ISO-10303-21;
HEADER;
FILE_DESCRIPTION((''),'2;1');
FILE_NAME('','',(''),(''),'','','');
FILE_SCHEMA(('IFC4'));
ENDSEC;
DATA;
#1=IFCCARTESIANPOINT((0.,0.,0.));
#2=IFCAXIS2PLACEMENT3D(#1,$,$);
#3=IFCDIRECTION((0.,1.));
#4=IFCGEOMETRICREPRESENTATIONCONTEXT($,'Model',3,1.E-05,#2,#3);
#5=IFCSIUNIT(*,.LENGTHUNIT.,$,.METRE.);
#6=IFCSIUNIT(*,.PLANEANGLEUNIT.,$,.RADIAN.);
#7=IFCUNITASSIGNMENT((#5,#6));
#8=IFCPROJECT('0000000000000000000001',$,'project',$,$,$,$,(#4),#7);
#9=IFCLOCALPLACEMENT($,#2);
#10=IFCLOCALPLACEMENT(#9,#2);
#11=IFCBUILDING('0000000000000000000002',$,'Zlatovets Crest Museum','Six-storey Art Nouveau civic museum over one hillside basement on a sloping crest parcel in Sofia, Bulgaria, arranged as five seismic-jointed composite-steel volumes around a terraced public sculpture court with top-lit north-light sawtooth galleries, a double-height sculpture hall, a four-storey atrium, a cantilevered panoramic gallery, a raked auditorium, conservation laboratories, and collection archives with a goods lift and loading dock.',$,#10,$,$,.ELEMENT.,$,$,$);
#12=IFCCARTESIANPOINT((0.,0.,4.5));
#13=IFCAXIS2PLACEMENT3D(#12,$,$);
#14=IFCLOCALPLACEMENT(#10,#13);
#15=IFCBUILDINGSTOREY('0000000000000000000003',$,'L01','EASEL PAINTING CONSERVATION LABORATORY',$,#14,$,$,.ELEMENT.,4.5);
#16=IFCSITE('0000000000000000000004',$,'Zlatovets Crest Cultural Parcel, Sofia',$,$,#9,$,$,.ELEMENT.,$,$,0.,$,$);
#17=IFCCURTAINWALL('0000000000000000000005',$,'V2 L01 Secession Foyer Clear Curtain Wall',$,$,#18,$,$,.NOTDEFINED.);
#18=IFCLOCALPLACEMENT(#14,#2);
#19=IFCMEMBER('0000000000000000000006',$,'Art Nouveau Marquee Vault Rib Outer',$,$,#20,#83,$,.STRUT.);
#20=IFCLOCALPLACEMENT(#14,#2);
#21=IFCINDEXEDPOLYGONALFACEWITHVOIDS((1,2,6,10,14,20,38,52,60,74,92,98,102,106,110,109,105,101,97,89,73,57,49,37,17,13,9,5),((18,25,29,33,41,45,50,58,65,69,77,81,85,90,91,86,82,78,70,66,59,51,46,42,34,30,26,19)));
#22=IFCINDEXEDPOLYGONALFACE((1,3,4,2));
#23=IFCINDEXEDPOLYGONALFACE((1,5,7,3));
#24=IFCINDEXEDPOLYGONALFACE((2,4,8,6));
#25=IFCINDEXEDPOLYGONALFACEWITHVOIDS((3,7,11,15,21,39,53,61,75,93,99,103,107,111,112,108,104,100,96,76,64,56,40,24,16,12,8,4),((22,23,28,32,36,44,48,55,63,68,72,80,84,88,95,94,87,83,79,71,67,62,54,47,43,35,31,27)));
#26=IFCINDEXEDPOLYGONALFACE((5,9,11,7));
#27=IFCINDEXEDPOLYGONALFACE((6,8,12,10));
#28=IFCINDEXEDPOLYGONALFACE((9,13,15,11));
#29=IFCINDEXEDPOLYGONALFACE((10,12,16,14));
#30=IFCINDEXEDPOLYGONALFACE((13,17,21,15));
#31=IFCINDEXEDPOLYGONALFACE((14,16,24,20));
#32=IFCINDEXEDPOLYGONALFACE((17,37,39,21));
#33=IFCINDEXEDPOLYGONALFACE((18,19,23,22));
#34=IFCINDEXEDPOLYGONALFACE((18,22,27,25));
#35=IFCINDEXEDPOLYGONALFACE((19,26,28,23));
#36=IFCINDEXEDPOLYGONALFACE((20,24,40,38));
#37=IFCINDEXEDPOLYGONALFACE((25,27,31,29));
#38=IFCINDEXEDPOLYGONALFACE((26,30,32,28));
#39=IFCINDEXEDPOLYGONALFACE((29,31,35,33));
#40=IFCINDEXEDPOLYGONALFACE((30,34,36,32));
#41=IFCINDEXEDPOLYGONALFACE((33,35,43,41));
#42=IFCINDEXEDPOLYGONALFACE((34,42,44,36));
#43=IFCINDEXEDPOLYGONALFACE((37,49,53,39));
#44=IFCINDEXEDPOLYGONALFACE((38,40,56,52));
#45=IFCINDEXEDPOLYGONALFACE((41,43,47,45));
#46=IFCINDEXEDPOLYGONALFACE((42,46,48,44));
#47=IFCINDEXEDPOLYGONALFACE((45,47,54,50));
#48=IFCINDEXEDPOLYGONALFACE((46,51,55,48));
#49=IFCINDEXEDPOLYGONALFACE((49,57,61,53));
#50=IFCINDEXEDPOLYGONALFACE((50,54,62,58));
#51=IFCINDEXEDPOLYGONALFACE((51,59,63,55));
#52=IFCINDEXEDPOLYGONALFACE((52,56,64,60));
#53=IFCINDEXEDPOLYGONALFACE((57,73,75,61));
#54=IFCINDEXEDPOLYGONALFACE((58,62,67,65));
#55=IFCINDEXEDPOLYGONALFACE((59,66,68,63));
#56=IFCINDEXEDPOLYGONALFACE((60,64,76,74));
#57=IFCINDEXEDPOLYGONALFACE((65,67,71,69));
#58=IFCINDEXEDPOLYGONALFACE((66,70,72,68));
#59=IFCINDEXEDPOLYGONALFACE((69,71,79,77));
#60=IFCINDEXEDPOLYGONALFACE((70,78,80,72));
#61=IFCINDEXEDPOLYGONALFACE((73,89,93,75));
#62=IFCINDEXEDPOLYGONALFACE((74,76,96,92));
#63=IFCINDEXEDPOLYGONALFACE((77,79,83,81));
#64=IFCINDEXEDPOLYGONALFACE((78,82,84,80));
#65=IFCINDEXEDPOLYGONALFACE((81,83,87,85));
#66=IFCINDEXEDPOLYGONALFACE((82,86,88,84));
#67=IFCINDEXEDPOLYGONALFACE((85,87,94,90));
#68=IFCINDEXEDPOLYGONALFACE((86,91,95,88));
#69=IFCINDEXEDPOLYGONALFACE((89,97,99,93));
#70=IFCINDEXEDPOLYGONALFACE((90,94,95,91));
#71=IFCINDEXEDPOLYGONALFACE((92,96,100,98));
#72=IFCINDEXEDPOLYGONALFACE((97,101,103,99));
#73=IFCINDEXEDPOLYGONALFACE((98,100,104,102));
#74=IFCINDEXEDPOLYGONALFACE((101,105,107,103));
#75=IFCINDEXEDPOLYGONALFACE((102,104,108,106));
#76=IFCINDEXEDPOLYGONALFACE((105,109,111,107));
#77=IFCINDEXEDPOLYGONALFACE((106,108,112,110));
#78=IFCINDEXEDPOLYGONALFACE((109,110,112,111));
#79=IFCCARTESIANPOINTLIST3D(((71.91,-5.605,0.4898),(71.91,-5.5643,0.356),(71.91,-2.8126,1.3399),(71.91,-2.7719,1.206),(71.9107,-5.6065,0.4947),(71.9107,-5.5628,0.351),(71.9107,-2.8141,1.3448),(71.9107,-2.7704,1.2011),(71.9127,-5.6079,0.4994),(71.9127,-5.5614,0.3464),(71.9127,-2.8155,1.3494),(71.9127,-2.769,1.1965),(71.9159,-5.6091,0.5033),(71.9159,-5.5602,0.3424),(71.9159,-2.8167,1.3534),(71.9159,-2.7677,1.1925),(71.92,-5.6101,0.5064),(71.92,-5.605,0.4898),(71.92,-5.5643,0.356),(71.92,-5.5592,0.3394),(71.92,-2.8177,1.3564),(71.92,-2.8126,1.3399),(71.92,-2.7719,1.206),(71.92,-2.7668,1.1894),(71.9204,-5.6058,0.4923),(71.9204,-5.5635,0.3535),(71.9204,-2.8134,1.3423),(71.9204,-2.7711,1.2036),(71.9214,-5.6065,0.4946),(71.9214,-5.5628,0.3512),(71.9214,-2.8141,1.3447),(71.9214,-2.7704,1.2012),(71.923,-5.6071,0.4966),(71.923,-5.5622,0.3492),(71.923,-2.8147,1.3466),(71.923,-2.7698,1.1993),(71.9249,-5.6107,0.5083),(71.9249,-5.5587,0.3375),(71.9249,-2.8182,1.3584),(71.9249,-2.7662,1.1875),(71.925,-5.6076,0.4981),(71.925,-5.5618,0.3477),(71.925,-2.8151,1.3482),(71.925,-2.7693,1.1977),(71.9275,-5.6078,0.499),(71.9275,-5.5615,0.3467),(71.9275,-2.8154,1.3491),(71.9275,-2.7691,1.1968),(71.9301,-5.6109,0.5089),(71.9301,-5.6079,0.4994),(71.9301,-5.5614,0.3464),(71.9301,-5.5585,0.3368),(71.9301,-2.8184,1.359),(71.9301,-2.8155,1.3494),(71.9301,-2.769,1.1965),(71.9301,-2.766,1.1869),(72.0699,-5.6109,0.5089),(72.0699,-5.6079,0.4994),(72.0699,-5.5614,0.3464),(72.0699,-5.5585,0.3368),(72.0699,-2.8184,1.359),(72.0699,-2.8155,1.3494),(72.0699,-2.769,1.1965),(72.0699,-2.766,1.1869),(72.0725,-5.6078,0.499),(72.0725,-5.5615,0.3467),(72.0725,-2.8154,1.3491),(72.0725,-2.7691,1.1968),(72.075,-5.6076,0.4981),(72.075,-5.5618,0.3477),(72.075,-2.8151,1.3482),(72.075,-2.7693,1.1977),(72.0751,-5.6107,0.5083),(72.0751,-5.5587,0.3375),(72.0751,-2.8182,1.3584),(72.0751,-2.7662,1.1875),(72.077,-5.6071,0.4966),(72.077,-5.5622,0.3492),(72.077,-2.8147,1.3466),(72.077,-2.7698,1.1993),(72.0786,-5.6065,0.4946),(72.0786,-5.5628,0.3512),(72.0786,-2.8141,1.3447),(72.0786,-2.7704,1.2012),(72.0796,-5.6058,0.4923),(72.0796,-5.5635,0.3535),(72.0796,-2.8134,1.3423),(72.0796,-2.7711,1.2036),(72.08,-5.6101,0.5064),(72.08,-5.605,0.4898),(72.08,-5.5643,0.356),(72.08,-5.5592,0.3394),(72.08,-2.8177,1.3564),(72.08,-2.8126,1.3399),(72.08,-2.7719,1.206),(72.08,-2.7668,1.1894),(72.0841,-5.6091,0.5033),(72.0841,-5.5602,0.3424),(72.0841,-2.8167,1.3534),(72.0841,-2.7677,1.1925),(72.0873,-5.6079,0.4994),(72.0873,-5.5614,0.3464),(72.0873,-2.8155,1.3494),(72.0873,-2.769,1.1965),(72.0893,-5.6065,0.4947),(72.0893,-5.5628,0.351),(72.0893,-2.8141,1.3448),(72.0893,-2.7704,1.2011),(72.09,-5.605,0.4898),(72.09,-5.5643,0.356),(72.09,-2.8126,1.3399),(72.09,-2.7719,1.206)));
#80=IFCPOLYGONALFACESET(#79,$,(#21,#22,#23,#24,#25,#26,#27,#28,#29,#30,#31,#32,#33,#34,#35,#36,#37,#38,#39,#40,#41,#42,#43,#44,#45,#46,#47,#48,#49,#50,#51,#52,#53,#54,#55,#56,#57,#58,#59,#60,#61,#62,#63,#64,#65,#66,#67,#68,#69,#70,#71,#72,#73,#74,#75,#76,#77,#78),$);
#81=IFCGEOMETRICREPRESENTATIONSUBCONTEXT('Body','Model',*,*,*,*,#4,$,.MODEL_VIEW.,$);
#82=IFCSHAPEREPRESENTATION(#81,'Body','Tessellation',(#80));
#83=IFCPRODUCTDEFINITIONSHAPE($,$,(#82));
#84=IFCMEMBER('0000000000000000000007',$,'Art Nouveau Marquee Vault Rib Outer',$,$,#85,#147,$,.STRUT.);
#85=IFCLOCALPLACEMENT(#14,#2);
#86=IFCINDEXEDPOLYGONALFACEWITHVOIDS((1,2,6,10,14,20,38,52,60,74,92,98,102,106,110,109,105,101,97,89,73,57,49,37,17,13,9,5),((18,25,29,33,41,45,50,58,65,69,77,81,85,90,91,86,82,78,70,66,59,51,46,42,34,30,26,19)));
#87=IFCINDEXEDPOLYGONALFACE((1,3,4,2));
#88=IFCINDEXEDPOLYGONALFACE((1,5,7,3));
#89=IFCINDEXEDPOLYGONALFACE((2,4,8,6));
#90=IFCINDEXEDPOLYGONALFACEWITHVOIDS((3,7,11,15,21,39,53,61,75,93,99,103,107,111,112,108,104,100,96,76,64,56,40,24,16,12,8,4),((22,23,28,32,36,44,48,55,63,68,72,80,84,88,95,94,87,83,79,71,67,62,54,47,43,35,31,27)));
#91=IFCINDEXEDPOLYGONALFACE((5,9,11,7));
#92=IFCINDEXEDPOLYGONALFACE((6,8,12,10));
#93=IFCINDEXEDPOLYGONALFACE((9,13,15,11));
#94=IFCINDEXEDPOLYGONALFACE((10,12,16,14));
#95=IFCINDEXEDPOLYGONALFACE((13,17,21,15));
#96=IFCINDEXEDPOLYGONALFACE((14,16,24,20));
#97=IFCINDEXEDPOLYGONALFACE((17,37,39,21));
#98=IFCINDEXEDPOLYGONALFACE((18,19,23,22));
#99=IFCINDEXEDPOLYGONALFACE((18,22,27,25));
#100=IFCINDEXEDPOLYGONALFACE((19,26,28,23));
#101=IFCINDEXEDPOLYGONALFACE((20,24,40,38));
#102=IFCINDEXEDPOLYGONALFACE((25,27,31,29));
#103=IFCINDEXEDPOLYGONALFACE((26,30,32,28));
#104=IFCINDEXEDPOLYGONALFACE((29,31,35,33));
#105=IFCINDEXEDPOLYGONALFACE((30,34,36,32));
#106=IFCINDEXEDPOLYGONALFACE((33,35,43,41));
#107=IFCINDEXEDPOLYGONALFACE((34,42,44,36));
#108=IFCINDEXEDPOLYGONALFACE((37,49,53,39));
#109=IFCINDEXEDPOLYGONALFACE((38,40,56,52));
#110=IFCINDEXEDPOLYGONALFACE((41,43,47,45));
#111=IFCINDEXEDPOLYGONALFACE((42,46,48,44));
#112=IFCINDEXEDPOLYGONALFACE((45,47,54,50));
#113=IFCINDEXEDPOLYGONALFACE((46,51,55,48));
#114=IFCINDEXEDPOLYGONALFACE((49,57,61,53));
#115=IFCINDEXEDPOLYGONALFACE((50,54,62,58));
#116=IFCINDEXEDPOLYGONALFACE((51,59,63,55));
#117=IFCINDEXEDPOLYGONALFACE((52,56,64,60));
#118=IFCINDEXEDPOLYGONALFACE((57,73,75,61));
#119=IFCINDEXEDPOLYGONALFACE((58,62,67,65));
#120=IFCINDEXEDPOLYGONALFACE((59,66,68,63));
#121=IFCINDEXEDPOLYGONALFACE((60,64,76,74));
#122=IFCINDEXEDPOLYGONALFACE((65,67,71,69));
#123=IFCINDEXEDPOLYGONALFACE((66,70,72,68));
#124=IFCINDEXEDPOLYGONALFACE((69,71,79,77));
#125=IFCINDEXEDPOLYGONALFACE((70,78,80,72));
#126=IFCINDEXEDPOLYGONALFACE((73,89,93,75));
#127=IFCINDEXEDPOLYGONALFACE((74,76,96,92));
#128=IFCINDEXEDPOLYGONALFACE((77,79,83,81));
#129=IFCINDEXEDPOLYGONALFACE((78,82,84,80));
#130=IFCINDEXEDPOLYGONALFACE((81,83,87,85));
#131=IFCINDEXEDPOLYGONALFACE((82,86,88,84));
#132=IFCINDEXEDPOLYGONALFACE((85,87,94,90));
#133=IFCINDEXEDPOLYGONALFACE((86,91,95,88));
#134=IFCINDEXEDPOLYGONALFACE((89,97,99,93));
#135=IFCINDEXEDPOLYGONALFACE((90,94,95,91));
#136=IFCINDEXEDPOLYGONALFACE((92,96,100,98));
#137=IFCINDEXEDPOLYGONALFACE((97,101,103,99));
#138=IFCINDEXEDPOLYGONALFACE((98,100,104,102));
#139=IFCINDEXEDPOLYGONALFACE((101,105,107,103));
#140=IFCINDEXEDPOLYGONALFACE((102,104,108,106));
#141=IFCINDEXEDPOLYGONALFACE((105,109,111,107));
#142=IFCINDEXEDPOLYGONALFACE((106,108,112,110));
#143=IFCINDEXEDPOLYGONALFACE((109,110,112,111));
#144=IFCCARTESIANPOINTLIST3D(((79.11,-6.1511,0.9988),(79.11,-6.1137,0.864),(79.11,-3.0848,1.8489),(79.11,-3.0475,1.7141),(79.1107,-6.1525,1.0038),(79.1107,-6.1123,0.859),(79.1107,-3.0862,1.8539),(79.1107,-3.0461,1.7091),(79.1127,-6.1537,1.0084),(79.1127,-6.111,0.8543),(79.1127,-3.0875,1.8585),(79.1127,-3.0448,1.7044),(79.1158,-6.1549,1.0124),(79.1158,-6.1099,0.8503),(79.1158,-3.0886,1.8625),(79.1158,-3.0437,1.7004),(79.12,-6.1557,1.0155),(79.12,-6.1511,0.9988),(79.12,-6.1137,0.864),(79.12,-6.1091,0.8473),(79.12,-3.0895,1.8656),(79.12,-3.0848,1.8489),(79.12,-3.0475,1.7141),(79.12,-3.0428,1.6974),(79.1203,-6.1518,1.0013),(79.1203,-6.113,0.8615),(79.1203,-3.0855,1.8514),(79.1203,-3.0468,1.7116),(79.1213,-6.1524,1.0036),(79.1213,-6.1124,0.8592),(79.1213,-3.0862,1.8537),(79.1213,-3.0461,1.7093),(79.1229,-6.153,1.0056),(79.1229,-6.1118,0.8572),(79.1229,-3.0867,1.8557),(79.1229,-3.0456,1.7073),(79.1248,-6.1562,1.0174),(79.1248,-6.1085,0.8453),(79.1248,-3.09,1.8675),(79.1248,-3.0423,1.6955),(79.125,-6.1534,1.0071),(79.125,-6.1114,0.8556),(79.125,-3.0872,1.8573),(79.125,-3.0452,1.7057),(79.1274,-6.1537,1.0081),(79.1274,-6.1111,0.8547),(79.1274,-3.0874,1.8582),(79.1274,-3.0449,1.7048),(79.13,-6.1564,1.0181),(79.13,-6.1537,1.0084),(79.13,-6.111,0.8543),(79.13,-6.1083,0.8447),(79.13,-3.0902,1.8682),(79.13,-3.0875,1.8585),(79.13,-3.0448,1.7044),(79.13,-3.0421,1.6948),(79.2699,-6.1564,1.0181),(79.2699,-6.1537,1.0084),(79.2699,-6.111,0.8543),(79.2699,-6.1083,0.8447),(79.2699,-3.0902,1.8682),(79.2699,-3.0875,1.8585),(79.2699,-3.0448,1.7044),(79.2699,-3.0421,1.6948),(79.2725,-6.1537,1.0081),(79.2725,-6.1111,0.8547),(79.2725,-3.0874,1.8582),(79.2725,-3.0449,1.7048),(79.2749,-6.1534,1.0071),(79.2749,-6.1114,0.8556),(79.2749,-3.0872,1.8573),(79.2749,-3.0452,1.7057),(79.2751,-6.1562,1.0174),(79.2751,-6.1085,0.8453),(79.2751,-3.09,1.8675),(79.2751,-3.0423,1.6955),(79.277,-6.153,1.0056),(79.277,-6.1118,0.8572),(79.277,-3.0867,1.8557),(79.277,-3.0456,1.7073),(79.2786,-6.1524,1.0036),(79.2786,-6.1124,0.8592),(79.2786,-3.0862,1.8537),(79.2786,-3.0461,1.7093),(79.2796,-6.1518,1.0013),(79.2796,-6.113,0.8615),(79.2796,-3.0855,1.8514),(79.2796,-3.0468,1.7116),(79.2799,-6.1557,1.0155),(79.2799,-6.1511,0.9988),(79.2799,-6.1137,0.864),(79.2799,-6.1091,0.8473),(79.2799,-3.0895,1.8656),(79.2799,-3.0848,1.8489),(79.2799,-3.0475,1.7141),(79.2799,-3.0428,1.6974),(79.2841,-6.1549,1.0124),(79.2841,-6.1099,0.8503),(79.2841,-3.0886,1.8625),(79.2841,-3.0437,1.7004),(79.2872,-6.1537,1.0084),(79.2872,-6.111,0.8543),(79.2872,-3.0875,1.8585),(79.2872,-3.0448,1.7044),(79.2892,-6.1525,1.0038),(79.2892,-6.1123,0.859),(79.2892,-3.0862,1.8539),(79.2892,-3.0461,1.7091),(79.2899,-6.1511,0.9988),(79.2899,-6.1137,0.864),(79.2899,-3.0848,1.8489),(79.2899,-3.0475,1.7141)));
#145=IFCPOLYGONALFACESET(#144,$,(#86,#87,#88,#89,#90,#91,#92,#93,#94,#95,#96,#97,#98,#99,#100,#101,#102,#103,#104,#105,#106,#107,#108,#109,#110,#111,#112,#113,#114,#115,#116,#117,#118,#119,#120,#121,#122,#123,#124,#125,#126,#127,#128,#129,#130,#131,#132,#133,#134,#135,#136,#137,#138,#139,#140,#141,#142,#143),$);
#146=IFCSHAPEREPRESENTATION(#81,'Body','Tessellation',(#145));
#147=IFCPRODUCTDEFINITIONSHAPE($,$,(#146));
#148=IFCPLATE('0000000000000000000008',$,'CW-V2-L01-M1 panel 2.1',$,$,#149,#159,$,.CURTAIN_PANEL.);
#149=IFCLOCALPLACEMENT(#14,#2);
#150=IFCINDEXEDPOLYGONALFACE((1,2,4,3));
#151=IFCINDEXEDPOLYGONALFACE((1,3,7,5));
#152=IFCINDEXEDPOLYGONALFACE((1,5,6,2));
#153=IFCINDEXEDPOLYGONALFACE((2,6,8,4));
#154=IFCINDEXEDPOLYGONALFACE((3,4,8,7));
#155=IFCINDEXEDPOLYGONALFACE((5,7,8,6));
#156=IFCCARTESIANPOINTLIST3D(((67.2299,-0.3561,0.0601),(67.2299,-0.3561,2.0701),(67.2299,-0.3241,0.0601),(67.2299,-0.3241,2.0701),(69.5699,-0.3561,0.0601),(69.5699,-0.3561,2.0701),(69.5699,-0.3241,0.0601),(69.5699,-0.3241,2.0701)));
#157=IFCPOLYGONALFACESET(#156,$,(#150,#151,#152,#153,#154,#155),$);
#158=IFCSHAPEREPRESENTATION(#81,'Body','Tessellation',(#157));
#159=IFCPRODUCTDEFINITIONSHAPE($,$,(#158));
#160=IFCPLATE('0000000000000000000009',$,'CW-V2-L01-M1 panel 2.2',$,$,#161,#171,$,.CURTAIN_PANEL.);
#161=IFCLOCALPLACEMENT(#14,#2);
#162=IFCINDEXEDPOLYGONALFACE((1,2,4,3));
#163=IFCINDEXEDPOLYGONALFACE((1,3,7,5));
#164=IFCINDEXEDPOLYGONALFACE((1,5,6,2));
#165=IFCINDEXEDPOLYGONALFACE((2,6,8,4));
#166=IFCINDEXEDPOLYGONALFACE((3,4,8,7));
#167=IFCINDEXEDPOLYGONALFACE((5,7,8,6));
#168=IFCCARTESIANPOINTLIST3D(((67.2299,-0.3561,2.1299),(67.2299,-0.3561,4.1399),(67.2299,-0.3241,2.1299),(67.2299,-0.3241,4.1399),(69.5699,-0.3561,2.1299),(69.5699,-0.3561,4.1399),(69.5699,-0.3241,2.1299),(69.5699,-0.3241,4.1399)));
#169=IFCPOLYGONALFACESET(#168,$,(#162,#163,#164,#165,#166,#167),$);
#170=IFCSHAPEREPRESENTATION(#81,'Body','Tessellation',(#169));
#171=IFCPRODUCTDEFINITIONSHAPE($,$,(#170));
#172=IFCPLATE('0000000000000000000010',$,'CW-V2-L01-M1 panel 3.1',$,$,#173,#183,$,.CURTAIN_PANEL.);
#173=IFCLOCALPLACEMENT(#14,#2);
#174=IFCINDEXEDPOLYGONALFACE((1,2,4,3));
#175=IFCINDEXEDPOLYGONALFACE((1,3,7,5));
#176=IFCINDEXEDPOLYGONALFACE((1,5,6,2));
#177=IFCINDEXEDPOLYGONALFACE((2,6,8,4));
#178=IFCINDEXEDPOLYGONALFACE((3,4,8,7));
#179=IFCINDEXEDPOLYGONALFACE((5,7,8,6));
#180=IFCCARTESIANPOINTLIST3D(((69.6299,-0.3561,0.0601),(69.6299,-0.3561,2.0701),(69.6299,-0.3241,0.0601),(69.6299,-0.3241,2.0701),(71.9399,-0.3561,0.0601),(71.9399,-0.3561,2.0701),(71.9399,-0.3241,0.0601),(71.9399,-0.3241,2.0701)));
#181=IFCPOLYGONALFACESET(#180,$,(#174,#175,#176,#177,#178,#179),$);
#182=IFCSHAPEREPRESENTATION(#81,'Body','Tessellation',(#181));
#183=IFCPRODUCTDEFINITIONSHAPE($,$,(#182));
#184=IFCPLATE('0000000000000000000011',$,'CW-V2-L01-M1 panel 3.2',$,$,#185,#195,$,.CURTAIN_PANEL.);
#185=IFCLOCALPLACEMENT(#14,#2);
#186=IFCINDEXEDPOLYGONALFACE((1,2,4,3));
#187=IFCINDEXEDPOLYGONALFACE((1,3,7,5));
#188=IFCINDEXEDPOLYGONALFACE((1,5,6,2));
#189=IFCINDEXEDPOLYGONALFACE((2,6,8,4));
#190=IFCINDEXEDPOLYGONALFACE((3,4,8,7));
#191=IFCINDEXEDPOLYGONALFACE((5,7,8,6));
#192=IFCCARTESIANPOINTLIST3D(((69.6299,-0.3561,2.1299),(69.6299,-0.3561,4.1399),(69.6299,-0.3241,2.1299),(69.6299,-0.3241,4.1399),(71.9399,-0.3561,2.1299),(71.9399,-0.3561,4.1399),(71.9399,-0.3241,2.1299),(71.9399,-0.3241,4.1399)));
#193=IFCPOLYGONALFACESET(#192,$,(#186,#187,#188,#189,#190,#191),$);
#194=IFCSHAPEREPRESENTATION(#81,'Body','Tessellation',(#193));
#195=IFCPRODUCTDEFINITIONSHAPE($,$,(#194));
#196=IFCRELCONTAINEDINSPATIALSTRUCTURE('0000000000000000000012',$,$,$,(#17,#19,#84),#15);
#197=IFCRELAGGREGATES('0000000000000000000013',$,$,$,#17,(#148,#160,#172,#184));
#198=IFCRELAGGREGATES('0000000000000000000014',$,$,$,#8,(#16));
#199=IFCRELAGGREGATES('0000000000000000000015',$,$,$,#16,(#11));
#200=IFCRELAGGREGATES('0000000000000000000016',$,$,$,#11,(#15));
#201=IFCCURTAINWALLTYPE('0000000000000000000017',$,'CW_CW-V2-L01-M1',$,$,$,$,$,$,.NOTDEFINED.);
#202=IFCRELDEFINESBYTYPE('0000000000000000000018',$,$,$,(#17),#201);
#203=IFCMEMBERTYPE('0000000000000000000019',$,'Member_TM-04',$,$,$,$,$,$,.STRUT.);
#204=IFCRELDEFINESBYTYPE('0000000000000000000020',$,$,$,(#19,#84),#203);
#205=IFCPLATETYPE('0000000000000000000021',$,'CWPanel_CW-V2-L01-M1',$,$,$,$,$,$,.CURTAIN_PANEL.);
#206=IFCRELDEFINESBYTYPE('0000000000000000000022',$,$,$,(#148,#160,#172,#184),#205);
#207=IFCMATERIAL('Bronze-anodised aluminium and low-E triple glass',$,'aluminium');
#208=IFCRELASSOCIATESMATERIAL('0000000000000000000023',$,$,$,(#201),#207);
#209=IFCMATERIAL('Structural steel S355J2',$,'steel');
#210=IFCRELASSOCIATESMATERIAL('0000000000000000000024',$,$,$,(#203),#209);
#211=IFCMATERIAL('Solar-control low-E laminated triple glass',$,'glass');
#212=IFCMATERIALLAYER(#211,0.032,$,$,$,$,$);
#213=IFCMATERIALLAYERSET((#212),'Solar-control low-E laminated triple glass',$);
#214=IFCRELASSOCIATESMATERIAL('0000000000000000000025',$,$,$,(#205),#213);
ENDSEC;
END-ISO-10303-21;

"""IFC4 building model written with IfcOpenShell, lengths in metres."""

from ifc_helpers import new_model, si_unit, direction, frame, origin, origin_2d, place, context, subcontext, project, spatial, rectangle, hollow_rectangle, extrude, material, layer, layer_set, material_profile, profile_set, type_object, element, aggregate, save


model = new_model("IFC4")

# Units and contexts
model_context = context("Model", 3, precision=1e-05, world=origin(), true_north=direction((0.0, 1.0)))
body_context = subcontext(model_context, "Body", "Model", "MODEL_VIEW")
ifc_project = project(units=[si_unit("LENGTHUNIT", "METRE"), si_unit("PLANEANGLEUNIT", "RADIAN")], contexts=[model_context])

# Site, building, storey
site_placement = place(None, origin())
site = spatial("IfcSite", under=ifc_project, at=site_placement, Name="Zlatovets Crest Cultural Parcel, Sofia", CompositionType="ELEMENT", RefElevation=0.0)
building_placement = place(site_placement, origin())
building = spatial("IfcBuilding", under=site, at=building_placement, Name="Zlatovets Crest Museum", Description="Six-storey Art Nouveau civic museum over one hillside basement on a sloping crest parcel in Sofia, Bulgaria, arranged as five seismic-jointed composite-steel volumes around a terraced public sculpture court with top-lit north-light sawtooth galleries, a double-height sculpture hall, a four-storey atrium, a cantilevered panoramic gallery, a raked auditorium, conservation laboratories, and collection archives with a goods lift and loading dock.", CompositionType="ELEMENT")
storey_placement = place(building_placement, frame((0.0, 0.0, 4.5)))
storey = spatial("IfcBuildingStorey", under=building, at=storey_placement, Name="L01", Description="EASEL PAINTING CONSERVATION LABORATORY", CompositionType="ELEMENT", Elevation=4.5)

# Curtain wall
ifc_material_1 = material(Name="Bronze-anodised aluminium and low-E triple glass", Category="aluminium")
curtain_wall_type_1 = type_object("IfcCurtainWallType", Name="CW_CW-V2-L01-M1", PredefinedType="NOTDEFINED", material=ifc_material_1)
curtain_wall_1_placement = place(storey_placement, origin())
curtain_wall_1 = element("IfcCurtainWall", 1, at=curtain_wall_1_placement, inside=storey, type_object=curtain_wall_type_1, Name="V2 L01 Secession Foyer Clear Curtain Wall", PredefinedType="NOTDEFINED")

# Members
ifc_material_2 = material(Name="Structural steel S355J2", Category="steel")
ifc_material_profile_1 = material_profile(ifc_material_2, hollow_rectangle(XDim=0.1799, YDim=0.1799, WallThickness=0.01, InnerFilletRadius=0.01, OuterFilletRadius=0.02, at=origin_2d()), Name="SHS 180x180x10.0")
ifc_profile_set_1 = profile_set([ifc_material_profile_1], Name="Structural steel S355J2")
member_type_1 = type_object("IfcMemberType", Name="Member_TM-04", PredefinedType="STRUT", material=ifc_profile_set_1)
member_1_placement = place(storey_placement, frame((72.0, -2.7922, 1.2729), z_axis=(0.0, -0.956654, -0.291228), x_axis=(1.0, 0.0, 0.0)))
element("IfcMember", 2, at=member_1_placement, inside=storey, type_object=member_type_1, Name="Art Nouveau Marquee Vault Rib Outer", PredefinedType="STRUT", context=body_context, shape_type="SweptSolid", body=[
    extrude(hollow_rectangle(XDim=0.1799, YDim=0.1799, WallThickness=0.01, InnerFilletRadius=0.01, OuterFilletRadius=0.02, at=origin_2d()), origin(), (0.0, 0.0, 1.0), 2.9189),
])
member_2_placement = place(storey_placement, frame((79.2, -3.0662, 1.7815), z_axis=(0.0, -0.963649, -0.267173), x_axis=(1.0, 0.0, 0.0)))
element("IfcMember", 3, at=member_2_placement, inside=storey, type_object=member_type_1, Name="Art Nouveau Marquee Vault Rib Outer", PredefinedType="STRUT", context=body_context, shape_type="SweptSolid", body=[
    extrude(hollow_rectangle(XDim=0.1799, YDim=0.1799, WallThickness=0.01, InnerFilletRadius=0.01, OuterFilletRadius=0.02, at=origin_2d()), origin(), (0.0, 0.0, 1.0), 3.1819),
])

# Plates
ifc_material_3 = material(Name="Solar-control low-E laminated triple glass", Category="glass")
ifc_layer_1 = layer(ifc_material_3, 0.032)
ifc_layer_set_1 = layer_set([ifc_layer_1], Name="Solar-control low-E laminated triple glass")
plate_type_1 = type_object("IfcPlateType", Name="CWPanel_CW-V2-L01-M1", PredefinedType="CURTAIN_PANEL", material=ifc_layer_set_1)
plate_1_placement = place(storey_placement, frame((68.3999, -0.3401, 0.0601), z_axis=(0.0, 0.0, 1.0), x_axis=(1.0, 0.0, 0.0)))
plate_1 = element("IfcPlate", 4, at=plate_1_placement, type_object=plate_type_1, Name="CW-V2-L01-M1 panel 2.1", PredefinedType="CURTAIN_PANEL", context=body_context, shape_type="SweptSolid", body=[
    extrude(rectangle(XDim=2.3401, YDim=0.032, at=origin_2d()), origin(), (0.0, 0.0, 1.0), 2.01),
])
plate_2_placement = place(storey_placement, frame((68.3999, -0.3401, 2.1299), z_axis=(0.0, 0.0, 1.0), x_axis=(1.0, 0.0, 0.0)))
plate_2 = element("IfcPlate", 5, at=plate_2_placement, type_object=plate_type_1, Name="CW-V2-L01-M1 panel 2.2", PredefinedType="CURTAIN_PANEL", context=body_context, shape_type="SweptSolid", body=[
    extrude(rectangle(XDim=2.3401, YDim=0.032, at=origin_2d()), origin(), (0.0, 0.0, 1.0), 2.01),
])
plate_3_placement = place(storey_placement, frame((70.7849, -0.3401, 0.0601), z_axis=(0.0, 0.0, 1.0), x_axis=(1.0, 0.0, 0.0)))
plate_3 = element("IfcPlate", 6, at=plate_3_placement, type_object=plate_type_1, Name="CW-V2-L01-M1 panel 3.1", PredefinedType="CURTAIN_PANEL", context=body_context, shape_type="SweptSolid", body=[
    extrude(rectangle(XDim=2.3101, YDim=0.032, at=origin_2d()), origin(), (0.0, 0.0, 1.0), 2.01),
])
plate_4_placement = place(storey_placement, frame((70.7849, -0.3401, 2.1299), z_axis=(0.0, 0.0, 1.0), x_axis=(1.0, 0.0, 0.0)))
plate_4 = element("IfcPlate", 7, at=plate_4_placement, type_object=plate_type_1, Name="CW-V2-L01-M1 panel 3.2", PredefinedType="CURTAIN_PANEL", context=body_context, shape_type="SweptSolid", body=[
    extrude(rectangle(XDim=2.3101, YDim=0.032, at=origin_2d()), origin(), (0.0, 0.0, 1.0), 2.01),
])
aggregate(curtain_wall_1, [plate_1, plate_2, plate_3, plate_4])

save(model, "model.ifc")
